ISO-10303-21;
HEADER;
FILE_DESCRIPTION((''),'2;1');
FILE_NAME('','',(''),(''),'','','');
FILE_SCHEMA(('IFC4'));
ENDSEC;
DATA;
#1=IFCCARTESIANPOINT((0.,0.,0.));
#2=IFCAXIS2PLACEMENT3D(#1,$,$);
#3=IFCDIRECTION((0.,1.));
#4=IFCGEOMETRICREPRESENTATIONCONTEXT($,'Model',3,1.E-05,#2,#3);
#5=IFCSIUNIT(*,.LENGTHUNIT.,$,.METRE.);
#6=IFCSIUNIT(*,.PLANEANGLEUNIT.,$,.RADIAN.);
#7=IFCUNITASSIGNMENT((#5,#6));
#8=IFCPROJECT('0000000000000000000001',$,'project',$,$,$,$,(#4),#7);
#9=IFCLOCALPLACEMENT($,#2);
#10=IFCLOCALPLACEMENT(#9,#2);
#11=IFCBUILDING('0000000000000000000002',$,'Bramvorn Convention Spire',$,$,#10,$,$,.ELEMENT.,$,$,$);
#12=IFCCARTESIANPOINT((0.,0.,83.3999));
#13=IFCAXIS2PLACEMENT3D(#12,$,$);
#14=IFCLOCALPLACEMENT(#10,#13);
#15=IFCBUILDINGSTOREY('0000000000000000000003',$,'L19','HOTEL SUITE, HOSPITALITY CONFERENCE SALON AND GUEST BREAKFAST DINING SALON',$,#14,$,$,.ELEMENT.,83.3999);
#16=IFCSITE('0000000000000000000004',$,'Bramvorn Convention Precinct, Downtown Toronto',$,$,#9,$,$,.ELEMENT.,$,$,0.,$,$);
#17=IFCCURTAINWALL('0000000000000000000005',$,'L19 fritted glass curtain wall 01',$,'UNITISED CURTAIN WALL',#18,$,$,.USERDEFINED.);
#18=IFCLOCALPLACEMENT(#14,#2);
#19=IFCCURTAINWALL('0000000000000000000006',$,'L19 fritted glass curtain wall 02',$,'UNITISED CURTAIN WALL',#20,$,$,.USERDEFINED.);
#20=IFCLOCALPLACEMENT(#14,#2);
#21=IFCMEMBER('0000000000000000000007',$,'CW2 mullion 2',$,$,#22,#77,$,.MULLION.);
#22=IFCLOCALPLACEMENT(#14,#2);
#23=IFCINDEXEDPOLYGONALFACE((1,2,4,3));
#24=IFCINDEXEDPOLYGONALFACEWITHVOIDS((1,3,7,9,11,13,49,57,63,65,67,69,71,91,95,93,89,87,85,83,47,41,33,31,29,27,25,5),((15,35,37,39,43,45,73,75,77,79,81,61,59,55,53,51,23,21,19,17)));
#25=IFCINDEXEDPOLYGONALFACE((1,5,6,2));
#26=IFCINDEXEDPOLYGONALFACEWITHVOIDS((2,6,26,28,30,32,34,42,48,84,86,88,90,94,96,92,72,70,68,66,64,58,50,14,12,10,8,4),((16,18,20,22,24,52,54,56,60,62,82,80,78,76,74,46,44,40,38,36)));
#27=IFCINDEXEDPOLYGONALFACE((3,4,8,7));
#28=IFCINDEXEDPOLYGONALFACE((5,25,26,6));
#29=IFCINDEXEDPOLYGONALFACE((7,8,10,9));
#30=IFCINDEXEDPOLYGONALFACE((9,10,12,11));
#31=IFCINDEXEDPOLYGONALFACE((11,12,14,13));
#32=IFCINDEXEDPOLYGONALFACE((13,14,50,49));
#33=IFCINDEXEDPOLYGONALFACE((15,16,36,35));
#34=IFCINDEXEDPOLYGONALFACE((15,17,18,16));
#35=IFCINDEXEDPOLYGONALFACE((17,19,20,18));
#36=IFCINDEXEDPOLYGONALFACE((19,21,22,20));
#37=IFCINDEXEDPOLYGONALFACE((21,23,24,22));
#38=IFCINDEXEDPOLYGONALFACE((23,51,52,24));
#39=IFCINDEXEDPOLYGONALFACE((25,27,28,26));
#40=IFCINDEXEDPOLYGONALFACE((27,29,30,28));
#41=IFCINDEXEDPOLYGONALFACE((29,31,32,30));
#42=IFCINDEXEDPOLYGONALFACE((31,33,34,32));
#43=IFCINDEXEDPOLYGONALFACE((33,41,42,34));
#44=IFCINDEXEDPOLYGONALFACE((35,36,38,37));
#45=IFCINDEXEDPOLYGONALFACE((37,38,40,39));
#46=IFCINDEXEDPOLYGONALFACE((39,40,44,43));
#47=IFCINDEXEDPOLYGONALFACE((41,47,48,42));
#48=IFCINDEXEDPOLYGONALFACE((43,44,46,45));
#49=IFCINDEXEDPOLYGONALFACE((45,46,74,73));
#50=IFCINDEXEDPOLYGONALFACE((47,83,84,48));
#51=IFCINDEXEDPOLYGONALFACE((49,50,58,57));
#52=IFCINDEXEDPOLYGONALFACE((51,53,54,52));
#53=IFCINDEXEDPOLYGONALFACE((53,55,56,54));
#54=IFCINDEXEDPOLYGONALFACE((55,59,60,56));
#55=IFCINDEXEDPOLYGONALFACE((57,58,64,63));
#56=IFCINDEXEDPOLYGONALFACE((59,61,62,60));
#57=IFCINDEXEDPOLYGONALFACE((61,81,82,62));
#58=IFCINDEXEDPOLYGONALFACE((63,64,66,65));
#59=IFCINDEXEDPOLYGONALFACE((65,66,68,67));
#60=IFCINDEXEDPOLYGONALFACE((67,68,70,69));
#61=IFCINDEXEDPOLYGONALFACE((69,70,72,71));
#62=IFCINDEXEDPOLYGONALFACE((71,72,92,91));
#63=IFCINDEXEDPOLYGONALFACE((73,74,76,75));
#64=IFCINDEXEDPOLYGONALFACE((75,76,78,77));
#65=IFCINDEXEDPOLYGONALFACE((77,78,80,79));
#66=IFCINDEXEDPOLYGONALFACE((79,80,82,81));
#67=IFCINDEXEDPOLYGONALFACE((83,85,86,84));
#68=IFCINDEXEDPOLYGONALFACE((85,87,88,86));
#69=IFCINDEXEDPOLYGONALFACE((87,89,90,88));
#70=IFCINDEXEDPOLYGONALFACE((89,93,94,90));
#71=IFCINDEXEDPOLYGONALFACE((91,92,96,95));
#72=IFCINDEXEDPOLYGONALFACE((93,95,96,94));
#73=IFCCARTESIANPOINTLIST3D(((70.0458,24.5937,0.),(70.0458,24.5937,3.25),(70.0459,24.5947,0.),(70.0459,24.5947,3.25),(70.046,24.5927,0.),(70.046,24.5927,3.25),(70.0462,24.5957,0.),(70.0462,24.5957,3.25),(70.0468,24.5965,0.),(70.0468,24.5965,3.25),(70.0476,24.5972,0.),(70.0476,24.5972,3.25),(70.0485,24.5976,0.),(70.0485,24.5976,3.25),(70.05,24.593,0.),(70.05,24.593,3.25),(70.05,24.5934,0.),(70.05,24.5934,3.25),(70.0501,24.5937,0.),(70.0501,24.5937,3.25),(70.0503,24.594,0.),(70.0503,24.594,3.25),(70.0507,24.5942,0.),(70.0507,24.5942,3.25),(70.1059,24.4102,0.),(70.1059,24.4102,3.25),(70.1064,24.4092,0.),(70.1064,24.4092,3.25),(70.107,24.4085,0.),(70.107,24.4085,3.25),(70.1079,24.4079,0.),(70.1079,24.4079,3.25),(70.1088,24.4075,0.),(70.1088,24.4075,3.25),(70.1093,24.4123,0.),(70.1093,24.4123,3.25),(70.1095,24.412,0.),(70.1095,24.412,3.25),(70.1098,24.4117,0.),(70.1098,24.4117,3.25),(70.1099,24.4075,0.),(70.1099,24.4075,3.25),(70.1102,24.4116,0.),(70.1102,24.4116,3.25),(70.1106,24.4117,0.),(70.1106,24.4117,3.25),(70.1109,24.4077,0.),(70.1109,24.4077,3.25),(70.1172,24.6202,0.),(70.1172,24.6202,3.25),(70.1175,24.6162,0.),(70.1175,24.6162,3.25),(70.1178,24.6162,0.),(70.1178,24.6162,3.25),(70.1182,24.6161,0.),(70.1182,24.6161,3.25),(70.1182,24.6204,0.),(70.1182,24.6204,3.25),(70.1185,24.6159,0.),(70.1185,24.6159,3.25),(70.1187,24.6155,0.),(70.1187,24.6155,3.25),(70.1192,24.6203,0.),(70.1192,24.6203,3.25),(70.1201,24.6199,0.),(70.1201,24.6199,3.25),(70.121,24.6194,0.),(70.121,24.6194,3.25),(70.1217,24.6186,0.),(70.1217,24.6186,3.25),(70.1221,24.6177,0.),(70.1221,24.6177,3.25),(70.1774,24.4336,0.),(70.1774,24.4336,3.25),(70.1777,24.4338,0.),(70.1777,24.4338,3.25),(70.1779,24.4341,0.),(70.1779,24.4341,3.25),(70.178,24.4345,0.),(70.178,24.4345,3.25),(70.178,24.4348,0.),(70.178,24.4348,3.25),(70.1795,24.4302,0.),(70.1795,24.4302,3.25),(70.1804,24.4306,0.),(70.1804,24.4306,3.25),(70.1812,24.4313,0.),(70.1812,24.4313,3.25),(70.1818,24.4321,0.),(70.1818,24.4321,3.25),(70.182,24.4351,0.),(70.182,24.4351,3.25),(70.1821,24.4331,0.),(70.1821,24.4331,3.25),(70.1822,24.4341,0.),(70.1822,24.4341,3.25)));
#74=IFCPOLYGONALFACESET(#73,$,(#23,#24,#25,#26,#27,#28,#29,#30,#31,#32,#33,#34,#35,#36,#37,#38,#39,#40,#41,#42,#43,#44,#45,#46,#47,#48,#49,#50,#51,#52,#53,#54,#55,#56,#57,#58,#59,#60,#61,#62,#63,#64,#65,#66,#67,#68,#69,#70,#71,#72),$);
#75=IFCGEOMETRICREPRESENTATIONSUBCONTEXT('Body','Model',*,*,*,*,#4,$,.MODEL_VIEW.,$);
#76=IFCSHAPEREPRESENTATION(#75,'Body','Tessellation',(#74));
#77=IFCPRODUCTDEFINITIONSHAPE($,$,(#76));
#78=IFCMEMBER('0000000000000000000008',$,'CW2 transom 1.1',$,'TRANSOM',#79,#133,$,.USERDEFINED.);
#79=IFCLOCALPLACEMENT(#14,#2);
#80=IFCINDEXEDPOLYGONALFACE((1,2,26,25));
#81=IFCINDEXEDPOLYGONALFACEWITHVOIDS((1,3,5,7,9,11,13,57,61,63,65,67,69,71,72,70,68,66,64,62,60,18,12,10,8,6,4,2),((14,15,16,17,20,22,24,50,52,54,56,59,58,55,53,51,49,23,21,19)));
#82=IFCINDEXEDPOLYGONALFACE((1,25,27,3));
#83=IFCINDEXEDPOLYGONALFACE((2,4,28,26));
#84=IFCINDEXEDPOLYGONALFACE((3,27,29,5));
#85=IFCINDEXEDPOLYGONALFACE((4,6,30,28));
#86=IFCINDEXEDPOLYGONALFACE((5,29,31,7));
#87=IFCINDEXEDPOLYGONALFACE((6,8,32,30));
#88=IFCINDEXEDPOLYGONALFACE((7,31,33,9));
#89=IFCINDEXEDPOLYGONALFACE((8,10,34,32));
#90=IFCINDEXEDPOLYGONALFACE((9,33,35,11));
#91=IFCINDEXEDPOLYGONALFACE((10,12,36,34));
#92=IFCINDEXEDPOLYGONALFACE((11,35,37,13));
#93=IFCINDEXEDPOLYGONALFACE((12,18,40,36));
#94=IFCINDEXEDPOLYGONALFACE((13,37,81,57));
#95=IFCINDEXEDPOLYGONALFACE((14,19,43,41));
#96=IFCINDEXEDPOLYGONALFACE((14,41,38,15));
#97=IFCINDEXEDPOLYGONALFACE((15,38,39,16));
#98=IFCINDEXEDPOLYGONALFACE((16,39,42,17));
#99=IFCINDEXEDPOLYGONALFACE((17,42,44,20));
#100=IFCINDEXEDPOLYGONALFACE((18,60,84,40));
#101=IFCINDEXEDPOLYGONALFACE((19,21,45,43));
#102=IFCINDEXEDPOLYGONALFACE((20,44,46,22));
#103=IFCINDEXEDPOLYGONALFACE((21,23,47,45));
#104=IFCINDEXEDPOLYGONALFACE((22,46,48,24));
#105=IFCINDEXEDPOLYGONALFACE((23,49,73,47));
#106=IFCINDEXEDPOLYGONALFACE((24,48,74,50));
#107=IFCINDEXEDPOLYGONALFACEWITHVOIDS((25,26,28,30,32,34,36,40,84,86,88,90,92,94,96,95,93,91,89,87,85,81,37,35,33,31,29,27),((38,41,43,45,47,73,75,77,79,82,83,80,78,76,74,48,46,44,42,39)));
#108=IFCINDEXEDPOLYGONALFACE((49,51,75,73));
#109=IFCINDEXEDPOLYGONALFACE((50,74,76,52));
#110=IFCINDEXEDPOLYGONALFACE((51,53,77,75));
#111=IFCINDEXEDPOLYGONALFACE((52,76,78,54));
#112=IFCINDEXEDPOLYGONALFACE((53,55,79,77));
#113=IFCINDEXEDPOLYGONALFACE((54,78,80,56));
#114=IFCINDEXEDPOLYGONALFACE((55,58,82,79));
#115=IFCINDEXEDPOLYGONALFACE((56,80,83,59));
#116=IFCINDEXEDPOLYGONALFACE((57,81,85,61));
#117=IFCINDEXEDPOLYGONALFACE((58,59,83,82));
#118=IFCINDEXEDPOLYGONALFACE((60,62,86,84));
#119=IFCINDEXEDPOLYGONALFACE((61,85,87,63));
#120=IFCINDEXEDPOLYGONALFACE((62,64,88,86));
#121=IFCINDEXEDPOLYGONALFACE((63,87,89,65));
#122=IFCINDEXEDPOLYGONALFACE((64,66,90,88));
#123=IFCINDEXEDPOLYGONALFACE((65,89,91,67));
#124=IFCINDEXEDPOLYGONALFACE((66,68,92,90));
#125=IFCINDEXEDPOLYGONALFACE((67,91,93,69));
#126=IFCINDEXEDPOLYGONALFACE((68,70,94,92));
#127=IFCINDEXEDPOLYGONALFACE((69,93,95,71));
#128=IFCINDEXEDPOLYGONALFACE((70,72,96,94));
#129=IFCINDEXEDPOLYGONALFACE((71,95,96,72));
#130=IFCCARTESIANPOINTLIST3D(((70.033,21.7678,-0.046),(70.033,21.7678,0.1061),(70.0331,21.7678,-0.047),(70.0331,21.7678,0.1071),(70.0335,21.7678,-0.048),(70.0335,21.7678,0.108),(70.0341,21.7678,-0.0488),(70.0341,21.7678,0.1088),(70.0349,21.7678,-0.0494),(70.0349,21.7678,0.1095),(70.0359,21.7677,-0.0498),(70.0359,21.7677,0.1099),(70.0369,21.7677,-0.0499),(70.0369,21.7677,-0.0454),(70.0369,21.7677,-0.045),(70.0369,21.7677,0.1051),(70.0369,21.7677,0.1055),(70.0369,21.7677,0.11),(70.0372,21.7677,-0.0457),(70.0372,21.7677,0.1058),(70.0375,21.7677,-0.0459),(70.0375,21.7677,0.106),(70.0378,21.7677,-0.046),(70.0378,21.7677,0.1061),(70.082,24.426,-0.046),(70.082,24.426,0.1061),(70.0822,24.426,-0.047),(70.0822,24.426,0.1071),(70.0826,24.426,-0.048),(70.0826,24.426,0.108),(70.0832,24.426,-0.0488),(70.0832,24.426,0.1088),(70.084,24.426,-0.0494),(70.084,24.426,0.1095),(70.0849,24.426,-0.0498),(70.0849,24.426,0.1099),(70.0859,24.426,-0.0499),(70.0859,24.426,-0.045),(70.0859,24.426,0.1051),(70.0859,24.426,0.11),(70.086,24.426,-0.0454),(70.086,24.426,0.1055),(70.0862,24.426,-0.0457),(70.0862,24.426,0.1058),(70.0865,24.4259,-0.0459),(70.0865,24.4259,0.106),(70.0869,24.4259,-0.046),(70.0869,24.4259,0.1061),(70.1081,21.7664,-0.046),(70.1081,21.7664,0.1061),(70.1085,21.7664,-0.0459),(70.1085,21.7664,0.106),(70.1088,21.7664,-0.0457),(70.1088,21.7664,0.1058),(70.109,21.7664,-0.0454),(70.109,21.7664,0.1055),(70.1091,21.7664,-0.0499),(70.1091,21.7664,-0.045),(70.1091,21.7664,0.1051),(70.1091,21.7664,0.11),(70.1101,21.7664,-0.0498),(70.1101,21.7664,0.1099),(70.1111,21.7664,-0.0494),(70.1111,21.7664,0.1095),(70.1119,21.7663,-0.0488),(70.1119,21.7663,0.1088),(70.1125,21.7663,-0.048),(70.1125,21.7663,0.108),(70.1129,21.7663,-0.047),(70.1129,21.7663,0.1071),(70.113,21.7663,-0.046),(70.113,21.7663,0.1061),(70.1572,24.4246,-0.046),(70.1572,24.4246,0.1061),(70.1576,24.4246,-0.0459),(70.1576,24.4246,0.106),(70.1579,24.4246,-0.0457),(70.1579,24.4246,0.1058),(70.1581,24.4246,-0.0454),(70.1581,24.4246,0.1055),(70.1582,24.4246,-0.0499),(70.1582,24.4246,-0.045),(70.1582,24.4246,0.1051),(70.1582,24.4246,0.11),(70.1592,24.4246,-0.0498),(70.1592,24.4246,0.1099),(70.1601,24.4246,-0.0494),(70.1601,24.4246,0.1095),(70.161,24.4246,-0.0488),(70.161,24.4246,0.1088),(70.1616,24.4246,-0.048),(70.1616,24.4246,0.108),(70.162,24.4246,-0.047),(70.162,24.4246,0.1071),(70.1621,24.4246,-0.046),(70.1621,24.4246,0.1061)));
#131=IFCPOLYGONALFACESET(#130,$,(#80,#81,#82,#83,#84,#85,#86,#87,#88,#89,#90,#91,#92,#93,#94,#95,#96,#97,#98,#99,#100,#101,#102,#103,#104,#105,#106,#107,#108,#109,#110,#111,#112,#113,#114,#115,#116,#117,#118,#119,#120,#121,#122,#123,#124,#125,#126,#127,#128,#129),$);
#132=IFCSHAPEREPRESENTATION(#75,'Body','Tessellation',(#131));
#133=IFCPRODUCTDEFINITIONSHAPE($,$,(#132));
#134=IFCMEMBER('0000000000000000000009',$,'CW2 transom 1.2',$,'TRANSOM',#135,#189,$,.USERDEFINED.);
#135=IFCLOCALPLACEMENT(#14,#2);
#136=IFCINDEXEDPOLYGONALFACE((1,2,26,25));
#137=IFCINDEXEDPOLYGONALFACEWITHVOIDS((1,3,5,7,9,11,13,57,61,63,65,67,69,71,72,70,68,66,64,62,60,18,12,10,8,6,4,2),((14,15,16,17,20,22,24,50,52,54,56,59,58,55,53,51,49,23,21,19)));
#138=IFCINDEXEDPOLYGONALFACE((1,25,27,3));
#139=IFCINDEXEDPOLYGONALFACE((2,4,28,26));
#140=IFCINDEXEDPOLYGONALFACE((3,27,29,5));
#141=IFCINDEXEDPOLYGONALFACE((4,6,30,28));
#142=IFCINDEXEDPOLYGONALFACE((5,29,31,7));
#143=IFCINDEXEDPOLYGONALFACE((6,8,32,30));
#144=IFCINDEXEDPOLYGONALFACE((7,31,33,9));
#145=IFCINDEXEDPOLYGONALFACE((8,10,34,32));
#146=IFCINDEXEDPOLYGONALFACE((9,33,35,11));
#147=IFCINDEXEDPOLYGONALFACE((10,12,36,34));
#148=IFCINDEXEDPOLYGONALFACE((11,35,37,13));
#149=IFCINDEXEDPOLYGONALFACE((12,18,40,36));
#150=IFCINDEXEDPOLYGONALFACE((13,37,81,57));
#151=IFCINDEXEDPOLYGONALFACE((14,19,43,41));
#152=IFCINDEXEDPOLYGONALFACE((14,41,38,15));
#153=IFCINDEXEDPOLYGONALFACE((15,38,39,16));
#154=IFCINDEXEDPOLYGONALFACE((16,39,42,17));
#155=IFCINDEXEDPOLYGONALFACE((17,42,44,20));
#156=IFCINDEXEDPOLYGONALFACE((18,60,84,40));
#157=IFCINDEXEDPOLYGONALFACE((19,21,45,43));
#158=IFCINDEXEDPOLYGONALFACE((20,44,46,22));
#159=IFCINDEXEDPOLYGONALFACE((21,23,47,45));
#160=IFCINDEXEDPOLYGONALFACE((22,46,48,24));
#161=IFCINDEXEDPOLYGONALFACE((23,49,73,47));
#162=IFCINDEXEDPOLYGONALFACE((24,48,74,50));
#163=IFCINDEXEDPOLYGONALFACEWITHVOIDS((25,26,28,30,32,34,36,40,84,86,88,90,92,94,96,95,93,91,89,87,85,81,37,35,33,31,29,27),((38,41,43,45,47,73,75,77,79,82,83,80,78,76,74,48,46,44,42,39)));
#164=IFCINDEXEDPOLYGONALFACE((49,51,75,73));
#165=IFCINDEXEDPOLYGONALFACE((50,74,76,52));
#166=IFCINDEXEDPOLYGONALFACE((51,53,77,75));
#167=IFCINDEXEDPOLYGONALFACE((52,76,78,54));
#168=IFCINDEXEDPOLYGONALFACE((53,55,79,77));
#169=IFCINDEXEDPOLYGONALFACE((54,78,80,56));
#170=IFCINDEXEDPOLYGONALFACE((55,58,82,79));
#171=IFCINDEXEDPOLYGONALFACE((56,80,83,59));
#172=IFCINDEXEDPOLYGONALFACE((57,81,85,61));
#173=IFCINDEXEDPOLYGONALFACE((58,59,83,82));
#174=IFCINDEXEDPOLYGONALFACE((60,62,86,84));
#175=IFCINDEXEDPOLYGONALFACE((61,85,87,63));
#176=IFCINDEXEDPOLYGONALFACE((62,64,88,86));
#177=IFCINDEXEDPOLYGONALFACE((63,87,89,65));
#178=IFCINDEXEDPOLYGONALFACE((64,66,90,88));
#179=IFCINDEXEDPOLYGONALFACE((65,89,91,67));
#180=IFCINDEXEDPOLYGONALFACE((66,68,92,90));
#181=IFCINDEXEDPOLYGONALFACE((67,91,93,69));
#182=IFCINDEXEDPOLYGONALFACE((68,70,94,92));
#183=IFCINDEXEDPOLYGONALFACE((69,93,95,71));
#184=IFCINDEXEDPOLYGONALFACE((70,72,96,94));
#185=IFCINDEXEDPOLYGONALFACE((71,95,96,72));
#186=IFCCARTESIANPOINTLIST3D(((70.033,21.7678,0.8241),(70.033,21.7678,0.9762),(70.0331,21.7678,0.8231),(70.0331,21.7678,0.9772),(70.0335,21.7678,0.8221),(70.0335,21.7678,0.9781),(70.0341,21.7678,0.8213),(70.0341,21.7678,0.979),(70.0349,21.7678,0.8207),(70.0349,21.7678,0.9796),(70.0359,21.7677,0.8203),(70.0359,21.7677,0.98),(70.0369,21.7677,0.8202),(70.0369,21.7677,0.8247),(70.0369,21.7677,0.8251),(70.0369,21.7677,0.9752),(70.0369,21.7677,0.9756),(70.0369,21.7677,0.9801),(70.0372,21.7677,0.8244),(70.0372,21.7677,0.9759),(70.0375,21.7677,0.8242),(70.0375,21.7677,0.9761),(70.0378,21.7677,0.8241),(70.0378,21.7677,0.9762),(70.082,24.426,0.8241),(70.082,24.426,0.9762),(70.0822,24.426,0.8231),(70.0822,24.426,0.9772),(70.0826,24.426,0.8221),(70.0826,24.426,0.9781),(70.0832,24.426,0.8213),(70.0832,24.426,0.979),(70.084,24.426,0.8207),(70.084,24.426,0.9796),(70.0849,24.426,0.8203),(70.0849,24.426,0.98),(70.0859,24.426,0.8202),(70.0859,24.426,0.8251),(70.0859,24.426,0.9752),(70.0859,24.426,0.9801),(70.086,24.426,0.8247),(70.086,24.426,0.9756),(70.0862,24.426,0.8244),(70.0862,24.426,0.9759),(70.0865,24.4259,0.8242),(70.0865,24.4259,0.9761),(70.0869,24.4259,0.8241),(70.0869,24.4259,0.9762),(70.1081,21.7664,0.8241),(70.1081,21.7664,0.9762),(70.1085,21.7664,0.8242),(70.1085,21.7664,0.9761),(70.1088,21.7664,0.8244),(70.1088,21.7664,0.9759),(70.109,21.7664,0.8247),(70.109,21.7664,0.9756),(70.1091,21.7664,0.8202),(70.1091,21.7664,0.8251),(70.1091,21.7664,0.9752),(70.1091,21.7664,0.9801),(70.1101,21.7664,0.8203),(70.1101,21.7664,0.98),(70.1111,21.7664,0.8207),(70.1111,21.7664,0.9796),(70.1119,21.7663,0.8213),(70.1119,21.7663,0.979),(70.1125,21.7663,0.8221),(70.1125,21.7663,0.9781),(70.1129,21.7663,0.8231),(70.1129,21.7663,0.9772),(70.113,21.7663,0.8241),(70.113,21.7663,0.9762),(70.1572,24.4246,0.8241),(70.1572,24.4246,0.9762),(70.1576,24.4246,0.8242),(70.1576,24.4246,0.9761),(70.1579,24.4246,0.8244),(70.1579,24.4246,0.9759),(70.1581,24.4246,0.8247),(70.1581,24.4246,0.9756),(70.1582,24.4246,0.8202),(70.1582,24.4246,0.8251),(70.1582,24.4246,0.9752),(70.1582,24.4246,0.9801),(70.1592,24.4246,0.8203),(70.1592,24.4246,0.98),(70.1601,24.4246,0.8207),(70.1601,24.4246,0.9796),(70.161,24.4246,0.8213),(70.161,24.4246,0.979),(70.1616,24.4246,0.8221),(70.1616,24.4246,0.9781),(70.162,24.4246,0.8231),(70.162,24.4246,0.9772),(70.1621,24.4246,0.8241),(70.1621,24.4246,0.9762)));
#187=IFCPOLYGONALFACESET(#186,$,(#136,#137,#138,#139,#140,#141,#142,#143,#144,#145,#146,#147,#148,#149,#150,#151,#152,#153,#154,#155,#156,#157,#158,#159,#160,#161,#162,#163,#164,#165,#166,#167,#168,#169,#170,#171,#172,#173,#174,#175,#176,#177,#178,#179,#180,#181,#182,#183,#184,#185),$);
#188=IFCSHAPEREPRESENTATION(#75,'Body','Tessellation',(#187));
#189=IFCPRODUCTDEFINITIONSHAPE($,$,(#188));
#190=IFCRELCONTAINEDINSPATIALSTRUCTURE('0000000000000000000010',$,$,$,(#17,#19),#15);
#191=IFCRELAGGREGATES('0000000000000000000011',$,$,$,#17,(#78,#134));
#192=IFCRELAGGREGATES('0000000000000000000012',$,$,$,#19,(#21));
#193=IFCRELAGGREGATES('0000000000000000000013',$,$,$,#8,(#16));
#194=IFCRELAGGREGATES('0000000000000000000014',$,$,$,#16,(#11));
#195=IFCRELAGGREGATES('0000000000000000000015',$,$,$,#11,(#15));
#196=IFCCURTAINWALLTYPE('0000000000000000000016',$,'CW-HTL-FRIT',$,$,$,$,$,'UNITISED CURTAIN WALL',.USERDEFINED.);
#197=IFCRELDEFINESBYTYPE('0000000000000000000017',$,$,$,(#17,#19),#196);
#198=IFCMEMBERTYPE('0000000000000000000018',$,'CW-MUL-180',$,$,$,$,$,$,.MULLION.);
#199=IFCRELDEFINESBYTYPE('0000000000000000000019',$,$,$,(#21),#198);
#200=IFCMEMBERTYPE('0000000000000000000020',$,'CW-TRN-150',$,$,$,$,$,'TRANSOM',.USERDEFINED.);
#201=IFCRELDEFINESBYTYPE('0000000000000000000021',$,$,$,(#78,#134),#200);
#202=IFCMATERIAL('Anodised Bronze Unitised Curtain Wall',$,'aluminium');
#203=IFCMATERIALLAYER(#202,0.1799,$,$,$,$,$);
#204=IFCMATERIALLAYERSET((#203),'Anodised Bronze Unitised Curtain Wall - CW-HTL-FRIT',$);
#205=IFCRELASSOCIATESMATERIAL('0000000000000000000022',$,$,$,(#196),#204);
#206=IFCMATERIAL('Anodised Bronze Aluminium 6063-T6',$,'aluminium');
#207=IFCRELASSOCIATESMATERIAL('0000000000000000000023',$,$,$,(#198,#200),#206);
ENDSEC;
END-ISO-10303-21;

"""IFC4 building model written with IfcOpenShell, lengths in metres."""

from ifc_helpers import new_model, si_unit, direction, frame, origin, origin_2d, place, context, subcontext, project, spatial, hollow_rectangle, extrude, material, layer, layer_set, material_profile, profile_set, type_object, element, aggregate, save


model = new_model("IFC4")

# Units and contexts
model_context = context("Model", 3, precision=1e-05, world=origin(), true_north=direction((0.0, 1.0)))
body_context = subcontext(model_context, "Body", "Model", "MODEL_VIEW")
ifc_project = project(units=[si_unit("LENGTHUNIT", "METRE"), si_unit("PLANEANGLEUNIT", "RADIAN")], contexts=[model_context])

# Site, building, storey
site_placement = place(None, origin())
site = spatial("IfcSite", under=ifc_project, at=site_placement, Name="Bramvorn Convention Precinct, Downtown Toronto", CompositionType="ELEMENT", RefElevation=0.0)
building_placement = place(site_placement, origin())
building = spatial("IfcBuilding", under=site, at=building_placement, Name="Bramvorn Convention Spire", CompositionType="ELEMENT")
storey_placement = place(building_placement, frame((0.0, 0.0, 83.3999)))
storey = spatial("IfcBuildingStorey", under=building, at=storey_placement, Name="L19", Description="HOTEL SUITE, HOSPITALITY CONFERENCE SALON AND GUEST BREAKFAST DINING SALON", CompositionType="ELEMENT", Elevation=83.3999)

# Curtain wall
ifc_material_1 = material(Name="Anodised Bronze Unitised Curtain Wall", Category="aluminium")
ifc_layer_1 = layer(ifc_material_1, 0.1799)
ifc_layer_set_1 = layer_set([ifc_layer_1], Name="Anodised Bronze Unitised Curtain Wall - CW-HTL-FRIT")
curtain_wall_type = type_object("IfcCurtainWallType", Name="CW-HTL-FRIT", ElementType="UNITISED CURTAIN WALL", PredefinedType="USERDEFINED", material=ifc_layer_set_1)
curtain_wall_1_placement = place(storey_placement, origin())
curtain_wall_1 = element("IfcCurtainWall", 1, at=curtain_wall_1_placement, inside=storey, type_object=curtain_wall_type, Name="L19 fritted glass curtain wall 01", ObjectType="UNITISED CURTAIN WALL", PredefinedType="USERDEFINED")
ifc_material_2 = material(Name="Anodised Bronze Aluminium 6063-T6", Category="aluminium")
ifc_material_profile_1 = material_profile(ifc_material_2, hollow_rectangle(XDim=0.0801, YDim=0.2, WallThickness=0.0039, InnerFilletRadius=0.001, OuterFilletRadius=0.0039, at=origin_2d()))
ifc_profile_set_1 = profile_set([ifc_material_profile_1], Name="Anodised Bronze Aluminium 6063-T6 - CWM80X200")
member_type_1 = type_object("IfcMemberType", Name="CW-MUL-180", PredefinedType="MULLION", material=ifc_profile_set_1)

# Curtain wall, member
curtain_wall_2_placement = place(storey_placement, origin())
curtain_wall_2 = element("IfcCurtainWall", 2, at=curtain_wall_2_placement, inside=storey, type_object=curtain_wall_type, Name="L19 fritted glass curtain wall 02", ObjectType="UNITISED CURTAIN WALL", PredefinedType="USERDEFINED")
member_1_placement = place(storey_placement, frame((70.114, 24.5139, 0.0), z_axis=(0.0, 0.0, 1.0), x_axis=(0.950133, 0.311844, 0.0)))
member_1 = element("IfcMember", 3, at=member_1_placement, type_object=member_type_1, Name="CW2 mullion 2", PredefinedType="MULLION", context=body_context, shape_type="SweptSolid", body=[
    extrude(hollow_rectangle(XDim=0.0801, YDim=0.2, WallThickness=0.0039, InnerFilletRadius=0.001, OuterFilletRadius=0.0039, at=origin_2d()), origin(), (0.0, 0.0, 1.0), 3.25),
])

# Members
ifc_material_profile_2 = material_profile(ifc_material_2, hollow_rectangle(XDim=0.0801, YDim=0.1599, WallThickness=0.0039, InnerFilletRadius=0.001, OuterFilletRadius=0.0039, at=origin_2d()))
ifc_profile_set_2 = profile_set([ifc_material_profile_2], Name="Anodised Bronze Aluminium 6063-T6 - CWT80X160")
member_type_2 = type_object("IfcMemberType", Name="CW-TRN-150", ElementType="TRANSOM", PredefinedType="USERDEFINED", material=ifc_profile_set_2)
member_2_placement = place(storey_placement, frame((70.1221, 24.4253, 0.03), z_axis=(-0.018458, -0.99983, 0.0), x_axis=(0.99983, -0.018458, 0.0)))
member_2 = element("IfcMember", 4, at=member_2_placement, type_object=member_type_2, Name="CW2 transom 1.1", ObjectType="TRANSOM", PredefinedType="USERDEFINED", context=body_context, shape_type="SweptSolid", body=[
    extrude(hollow_rectangle(XDim=0.0801, YDim=0.1599, WallThickness=0.0039, InnerFilletRadius=0.001, OuterFilletRadius=0.0039, at=origin_2d()), origin(), (0.0, 0.0, 1.0), 2.6587),
])
member_3_placement = place(storey_placement, frame((70.1221, 24.4253, 0.9001), z_axis=(-0.018458, -0.99983, 0.0), x_axis=(0.99983, -0.018458, 0.0)))
member_3 = element("IfcMember", 5, at=member_3_placement, type_object=member_type_2, Name="CW2 transom 1.2", ObjectType="TRANSOM", PredefinedType="USERDEFINED", context=body_context, shape_type="SweptSolid", body=[
    extrude(hollow_rectangle(XDim=0.0801, YDim=0.1599, WallThickness=0.0039, InnerFilletRadius=0.001, OuterFilletRadius=0.0039, at=origin_2d()), origin(), (0.0, 0.0, 1.0), 2.6587),
])

aggregate(curtain_wall_1, [member_2, member_3])
aggregate(curtain_wall_2, [member_1])

save(model, "model.ifc")
